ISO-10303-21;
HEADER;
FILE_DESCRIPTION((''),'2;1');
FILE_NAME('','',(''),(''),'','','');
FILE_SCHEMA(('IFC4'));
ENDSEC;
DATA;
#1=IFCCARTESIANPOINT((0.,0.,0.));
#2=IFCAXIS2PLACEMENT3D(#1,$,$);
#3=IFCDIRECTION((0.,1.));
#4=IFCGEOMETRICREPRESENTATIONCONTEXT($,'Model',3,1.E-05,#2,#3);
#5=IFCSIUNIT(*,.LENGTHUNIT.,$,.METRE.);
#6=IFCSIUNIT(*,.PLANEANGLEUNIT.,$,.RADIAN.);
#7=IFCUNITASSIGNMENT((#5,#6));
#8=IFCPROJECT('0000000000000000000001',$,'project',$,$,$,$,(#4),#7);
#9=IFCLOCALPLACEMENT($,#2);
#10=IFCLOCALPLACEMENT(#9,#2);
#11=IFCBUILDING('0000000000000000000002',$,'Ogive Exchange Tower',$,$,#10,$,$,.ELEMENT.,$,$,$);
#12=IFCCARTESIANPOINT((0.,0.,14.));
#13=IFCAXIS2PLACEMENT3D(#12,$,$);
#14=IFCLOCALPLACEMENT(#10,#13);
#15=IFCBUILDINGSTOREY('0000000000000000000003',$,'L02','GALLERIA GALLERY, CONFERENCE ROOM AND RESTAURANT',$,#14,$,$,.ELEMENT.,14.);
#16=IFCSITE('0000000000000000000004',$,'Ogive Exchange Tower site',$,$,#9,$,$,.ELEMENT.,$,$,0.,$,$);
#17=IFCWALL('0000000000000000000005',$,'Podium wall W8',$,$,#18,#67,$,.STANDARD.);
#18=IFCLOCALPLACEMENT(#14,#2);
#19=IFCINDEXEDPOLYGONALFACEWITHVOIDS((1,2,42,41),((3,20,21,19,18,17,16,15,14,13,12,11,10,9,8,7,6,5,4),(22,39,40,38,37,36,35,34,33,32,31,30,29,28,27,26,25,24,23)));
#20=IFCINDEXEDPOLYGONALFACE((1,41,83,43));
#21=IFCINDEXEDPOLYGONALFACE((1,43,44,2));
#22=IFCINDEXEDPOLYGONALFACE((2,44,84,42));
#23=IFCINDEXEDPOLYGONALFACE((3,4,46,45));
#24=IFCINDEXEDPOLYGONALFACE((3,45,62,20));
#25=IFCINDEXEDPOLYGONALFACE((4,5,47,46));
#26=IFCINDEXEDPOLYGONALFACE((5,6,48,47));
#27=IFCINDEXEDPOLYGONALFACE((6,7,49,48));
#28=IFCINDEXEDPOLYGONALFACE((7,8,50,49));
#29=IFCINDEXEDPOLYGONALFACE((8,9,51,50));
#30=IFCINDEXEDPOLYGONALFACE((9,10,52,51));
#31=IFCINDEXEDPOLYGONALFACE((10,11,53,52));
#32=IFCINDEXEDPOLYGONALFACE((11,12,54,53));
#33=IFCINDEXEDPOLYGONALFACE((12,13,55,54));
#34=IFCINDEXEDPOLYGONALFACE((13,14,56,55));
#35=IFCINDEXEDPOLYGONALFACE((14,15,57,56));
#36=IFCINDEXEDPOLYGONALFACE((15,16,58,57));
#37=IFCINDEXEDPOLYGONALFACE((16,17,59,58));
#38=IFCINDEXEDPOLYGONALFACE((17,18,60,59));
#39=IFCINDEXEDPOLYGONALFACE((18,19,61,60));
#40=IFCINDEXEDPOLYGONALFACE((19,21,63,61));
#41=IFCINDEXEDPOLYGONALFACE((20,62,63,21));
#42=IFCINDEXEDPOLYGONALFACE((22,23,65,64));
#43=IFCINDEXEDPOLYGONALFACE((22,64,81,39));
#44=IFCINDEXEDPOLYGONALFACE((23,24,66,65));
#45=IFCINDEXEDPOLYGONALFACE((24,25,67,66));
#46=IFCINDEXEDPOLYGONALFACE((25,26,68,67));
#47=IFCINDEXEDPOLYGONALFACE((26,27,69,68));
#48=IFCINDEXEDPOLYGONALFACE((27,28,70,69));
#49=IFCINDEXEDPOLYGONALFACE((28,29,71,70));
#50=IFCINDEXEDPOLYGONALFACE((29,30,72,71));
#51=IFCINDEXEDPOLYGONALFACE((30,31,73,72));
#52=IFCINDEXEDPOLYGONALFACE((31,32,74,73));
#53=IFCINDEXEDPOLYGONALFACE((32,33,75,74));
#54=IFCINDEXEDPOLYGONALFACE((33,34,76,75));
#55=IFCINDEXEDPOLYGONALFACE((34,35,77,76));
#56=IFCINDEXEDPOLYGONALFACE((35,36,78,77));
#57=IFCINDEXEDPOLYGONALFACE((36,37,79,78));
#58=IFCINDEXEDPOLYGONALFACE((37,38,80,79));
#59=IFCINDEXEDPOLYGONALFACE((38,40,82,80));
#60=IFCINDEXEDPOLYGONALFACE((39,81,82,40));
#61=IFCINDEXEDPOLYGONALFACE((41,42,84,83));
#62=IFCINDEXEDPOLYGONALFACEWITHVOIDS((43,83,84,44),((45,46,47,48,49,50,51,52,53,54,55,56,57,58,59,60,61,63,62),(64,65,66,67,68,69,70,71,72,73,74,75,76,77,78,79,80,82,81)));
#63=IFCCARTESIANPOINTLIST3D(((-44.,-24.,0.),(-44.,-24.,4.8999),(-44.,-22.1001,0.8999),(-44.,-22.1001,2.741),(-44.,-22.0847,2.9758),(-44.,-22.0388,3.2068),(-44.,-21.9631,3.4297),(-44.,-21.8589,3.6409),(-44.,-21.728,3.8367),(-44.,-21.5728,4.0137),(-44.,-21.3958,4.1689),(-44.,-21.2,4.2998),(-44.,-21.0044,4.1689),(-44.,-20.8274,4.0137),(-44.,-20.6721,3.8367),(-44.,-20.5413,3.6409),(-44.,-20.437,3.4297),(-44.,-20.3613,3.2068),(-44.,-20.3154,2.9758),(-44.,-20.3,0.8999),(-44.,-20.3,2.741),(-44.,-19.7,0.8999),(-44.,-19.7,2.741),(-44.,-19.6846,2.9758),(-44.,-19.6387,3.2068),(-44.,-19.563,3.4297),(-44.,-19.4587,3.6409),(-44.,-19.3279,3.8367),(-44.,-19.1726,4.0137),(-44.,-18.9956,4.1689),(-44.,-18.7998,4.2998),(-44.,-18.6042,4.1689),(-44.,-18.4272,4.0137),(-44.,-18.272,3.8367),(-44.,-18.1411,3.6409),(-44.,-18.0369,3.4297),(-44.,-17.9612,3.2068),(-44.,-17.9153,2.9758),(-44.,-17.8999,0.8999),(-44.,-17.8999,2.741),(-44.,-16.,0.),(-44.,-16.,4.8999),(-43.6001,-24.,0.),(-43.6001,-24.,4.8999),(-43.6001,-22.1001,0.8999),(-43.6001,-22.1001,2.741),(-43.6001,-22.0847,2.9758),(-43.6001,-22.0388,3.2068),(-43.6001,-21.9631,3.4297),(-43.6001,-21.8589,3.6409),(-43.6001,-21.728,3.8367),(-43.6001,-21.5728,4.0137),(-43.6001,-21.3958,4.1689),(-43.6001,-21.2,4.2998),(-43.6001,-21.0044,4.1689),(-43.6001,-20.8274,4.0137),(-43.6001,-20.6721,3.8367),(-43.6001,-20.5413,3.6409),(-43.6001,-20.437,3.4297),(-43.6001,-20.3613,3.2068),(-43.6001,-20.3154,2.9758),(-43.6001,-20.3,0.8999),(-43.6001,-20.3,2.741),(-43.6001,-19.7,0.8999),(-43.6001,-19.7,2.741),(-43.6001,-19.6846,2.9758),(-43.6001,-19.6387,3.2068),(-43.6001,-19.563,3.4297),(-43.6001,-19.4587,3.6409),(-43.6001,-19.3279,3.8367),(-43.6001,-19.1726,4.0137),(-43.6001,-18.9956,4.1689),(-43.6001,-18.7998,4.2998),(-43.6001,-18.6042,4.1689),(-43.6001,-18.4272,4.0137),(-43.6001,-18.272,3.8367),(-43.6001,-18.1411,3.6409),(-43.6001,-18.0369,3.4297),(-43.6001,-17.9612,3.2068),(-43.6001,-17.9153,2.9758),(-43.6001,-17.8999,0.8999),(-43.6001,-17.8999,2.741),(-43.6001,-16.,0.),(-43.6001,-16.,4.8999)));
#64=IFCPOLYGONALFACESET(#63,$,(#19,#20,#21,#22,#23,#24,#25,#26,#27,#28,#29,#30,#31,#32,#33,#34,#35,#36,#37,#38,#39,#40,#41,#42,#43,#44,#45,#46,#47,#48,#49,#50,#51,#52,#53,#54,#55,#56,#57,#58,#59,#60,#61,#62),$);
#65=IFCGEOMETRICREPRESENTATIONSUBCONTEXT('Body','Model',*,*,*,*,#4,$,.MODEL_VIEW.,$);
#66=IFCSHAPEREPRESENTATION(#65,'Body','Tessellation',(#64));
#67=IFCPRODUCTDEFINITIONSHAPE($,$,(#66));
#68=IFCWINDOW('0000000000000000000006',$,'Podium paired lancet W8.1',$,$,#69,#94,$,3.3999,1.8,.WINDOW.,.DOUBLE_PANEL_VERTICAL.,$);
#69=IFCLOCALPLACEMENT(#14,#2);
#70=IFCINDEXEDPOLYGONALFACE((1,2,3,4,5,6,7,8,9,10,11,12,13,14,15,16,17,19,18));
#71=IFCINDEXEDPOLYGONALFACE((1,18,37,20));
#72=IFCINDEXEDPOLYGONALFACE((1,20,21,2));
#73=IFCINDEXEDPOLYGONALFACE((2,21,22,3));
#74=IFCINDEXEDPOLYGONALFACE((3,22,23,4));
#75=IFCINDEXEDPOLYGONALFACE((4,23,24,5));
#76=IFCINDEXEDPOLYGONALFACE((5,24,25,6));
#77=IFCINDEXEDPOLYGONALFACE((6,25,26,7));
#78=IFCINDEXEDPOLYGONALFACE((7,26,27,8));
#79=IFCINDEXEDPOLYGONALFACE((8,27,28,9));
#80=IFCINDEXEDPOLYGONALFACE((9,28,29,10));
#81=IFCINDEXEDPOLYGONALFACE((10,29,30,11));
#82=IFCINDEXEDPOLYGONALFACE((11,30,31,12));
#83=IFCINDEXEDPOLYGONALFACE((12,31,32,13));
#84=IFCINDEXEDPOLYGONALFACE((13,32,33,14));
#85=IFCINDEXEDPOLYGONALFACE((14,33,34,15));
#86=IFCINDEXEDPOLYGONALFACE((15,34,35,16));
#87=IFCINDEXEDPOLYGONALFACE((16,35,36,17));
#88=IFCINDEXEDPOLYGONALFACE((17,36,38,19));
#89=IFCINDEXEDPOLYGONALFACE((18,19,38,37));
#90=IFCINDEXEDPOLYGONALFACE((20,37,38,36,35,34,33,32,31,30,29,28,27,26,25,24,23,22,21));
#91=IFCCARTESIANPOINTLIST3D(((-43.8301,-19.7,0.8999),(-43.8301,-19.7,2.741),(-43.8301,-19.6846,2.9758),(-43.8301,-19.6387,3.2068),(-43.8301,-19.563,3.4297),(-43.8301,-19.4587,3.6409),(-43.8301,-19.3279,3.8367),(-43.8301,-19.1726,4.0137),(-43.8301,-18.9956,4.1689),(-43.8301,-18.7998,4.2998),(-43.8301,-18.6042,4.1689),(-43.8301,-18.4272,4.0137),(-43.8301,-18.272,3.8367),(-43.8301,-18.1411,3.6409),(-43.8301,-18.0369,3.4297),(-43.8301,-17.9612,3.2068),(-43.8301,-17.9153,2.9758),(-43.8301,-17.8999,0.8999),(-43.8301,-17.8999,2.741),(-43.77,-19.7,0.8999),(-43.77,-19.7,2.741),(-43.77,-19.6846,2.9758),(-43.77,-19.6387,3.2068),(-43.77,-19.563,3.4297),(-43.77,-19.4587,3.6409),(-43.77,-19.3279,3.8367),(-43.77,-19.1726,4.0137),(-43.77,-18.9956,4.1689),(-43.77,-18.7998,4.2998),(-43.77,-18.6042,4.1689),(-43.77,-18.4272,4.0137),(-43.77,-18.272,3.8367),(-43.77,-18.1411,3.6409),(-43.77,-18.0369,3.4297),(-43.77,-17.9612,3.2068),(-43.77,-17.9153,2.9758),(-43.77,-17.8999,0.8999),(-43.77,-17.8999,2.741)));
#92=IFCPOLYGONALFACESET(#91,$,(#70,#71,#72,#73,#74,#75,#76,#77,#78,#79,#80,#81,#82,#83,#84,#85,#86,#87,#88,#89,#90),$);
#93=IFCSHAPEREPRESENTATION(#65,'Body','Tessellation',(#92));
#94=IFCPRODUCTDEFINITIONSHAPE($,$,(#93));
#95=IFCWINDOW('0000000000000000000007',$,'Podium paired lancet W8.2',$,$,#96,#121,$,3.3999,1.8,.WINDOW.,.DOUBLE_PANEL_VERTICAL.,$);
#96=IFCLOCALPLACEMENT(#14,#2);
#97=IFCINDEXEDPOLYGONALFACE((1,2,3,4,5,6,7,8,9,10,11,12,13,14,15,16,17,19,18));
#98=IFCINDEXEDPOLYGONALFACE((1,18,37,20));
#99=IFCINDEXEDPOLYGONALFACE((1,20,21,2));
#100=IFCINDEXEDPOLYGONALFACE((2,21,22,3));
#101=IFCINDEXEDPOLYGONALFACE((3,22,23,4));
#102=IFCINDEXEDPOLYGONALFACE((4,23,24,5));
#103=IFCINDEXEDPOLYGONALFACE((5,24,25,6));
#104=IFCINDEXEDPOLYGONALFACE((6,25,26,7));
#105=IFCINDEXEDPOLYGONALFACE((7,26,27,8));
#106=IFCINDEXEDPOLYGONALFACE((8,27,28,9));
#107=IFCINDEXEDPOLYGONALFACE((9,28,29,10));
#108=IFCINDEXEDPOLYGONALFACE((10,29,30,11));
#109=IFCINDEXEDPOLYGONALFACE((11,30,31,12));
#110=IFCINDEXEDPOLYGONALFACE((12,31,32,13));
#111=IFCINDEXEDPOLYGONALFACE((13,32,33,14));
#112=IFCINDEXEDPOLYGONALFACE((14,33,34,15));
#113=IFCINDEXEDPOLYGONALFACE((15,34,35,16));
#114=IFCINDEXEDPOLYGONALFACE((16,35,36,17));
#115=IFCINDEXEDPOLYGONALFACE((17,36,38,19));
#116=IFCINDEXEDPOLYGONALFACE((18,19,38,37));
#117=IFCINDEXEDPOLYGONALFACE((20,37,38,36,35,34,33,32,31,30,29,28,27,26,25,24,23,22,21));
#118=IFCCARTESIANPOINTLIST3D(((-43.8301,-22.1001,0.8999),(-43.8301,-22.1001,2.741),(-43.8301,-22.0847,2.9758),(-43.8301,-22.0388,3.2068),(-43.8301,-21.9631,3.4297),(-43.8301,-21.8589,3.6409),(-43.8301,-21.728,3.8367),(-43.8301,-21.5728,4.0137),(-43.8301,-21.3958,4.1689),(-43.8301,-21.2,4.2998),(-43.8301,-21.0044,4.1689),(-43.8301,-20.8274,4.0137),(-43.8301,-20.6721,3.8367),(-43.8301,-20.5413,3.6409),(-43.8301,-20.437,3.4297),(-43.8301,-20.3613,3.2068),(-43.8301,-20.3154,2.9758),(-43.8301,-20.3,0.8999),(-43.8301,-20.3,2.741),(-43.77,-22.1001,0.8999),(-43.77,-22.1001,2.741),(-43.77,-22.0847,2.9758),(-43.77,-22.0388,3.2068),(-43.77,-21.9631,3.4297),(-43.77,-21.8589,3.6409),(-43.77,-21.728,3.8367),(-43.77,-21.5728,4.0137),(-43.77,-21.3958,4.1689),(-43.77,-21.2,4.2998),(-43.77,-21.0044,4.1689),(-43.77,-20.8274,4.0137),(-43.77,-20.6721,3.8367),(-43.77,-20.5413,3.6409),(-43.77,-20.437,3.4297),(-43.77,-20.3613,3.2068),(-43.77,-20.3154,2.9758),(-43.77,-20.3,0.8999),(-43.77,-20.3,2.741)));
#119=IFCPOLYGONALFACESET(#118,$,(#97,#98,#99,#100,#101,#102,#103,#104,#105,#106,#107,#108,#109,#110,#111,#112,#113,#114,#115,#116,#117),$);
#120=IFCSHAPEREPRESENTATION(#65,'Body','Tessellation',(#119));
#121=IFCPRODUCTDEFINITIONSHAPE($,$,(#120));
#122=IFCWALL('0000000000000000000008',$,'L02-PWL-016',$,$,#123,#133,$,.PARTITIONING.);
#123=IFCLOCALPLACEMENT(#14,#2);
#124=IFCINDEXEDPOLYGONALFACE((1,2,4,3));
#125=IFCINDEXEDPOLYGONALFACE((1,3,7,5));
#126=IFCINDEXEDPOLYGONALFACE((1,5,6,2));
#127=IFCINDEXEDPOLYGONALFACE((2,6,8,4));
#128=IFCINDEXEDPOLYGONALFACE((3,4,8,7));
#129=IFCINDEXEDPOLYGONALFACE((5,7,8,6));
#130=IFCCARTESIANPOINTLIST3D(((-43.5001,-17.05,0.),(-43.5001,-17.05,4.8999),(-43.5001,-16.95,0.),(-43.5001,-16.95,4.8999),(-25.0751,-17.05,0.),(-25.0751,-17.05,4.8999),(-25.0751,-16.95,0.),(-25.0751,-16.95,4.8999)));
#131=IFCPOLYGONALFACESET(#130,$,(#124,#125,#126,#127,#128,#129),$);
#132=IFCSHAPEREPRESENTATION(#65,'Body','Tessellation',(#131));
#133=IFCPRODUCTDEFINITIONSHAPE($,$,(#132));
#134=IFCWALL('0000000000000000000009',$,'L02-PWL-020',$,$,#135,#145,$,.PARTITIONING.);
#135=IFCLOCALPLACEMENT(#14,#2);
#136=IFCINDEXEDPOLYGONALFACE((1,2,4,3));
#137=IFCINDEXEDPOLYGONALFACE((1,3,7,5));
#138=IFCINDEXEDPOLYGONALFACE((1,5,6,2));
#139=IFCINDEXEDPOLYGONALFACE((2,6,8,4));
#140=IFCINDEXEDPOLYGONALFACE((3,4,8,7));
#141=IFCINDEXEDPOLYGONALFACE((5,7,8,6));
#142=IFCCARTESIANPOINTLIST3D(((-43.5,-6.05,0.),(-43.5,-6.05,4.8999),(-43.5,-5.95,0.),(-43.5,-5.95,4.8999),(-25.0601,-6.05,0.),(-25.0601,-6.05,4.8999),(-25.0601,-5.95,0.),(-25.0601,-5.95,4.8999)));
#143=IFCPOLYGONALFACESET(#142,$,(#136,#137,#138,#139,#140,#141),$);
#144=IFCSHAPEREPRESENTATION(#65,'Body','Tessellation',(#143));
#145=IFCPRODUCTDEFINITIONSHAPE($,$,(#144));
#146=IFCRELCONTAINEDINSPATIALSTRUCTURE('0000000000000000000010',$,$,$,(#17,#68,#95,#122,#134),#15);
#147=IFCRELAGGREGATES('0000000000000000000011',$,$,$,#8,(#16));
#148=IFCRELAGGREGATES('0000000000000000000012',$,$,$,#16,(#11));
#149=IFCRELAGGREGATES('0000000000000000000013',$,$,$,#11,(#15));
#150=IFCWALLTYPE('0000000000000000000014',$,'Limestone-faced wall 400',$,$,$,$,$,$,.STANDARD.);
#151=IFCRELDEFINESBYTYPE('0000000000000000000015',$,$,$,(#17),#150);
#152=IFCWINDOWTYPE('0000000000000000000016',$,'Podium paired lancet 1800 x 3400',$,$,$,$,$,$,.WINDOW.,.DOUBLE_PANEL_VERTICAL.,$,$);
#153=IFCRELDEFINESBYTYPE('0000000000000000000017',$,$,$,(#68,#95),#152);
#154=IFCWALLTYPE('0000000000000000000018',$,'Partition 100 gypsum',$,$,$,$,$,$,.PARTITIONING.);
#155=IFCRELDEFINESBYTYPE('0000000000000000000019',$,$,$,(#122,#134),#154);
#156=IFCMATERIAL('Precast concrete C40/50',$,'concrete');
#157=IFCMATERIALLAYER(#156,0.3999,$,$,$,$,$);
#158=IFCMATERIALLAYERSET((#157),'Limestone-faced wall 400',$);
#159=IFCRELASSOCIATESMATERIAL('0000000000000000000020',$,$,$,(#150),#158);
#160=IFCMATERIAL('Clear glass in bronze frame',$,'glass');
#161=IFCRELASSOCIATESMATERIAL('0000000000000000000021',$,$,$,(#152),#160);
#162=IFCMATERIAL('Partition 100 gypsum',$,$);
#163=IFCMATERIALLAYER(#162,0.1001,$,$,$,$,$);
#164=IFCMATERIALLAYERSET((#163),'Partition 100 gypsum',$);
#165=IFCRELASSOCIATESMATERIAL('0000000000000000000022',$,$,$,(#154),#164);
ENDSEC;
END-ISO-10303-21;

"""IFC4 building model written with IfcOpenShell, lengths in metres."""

from ifc_helpers import new_model, si_unit, direction, frame, frame_2d, origin, place, context, subcontext, project, spatial, polyline, rectangle, outline, extrude, material, layer, layer_set, type_object, element, fill, save


model = new_model("IFC4")

# Units and contexts
model_context = context("Model", 3, precision=1e-05, world=origin(), true_north=direction((0.0, 1.0)))
body_context = subcontext(model_context, "Body", "Model", "MODEL_VIEW")
ifc_project = project(units=[si_unit("LENGTHUNIT", "METRE"), si_unit("PLANEANGLEUNIT", "RADIAN")], contexts=[model_context])

# Site, building, storey
site_placement = place(None, origin())
site = spatial("IfcSite", under=ifc_project, at=site_placement, Name="Ogive Exchange Tower site", CompositionType="ELEMENT", RefElevation=0.0)
building_placement = place(site_placement, origin())
building = spatial("IfcBuilding", under=site, at=building_placement, Name="Ogive Exchange Tower", CompositionType="ELEMENT")
storey_placement = place(building_placement, frame((0.0, 0.0, 14.0)))
storey = spatial("IfcBuildingStorey", under=building, at=storey_placement, Name="L02", Description="GALLERIA GALLERY, CONFERENCE ROOM AND RESTAURANT", CompositionType="ELEMENT", Elevation=14.0)

# Wall, openings, windows
ifc_material_1 = material(Name="Precast concrete C40/50", Category="concrete")
ifc_layer_1 = layer(ifc_material_1, 0.3999)
ifc_layer_set_1 = layer_set([ifc_layer_1], Name="Limestone-faced wall 400")
wall_type_1 = type_object("IfcWallType", Name="Limestone-faced wall 400", PredefinedType="STANDARD", material=ifc_layer_set_1)
ifc_material_2 = material(Name="Clear glass in bronze frame", Category="glass")
window_type = type_object("IfcWindowType", Name="Podium paired lancet 1800 x 3400", PartitioningType="DOUBLE_PANEL_VERTICAL", PredefinedType="WINDOW", material=ifc_material_2)
wall_1_placement = place(storey_placement, frame((-43.8, -16.0, 0.0), z_axis=(0.0, 0.0, 1.0), x_axis=(0.0, -1.0, 0.0)))
wall_1 = element("IfcWall", 1, at=wall_1_placement, inside=storey, type_object=wall_type_1, Name="Podium wall W8", PredefinedType="STANDARD", context=body_context, shape_type="SweptSolid", body=[
    extrude(rectangle(XDim=8.0, YDim=0.3999, at=frame_2d((4.0, 0.0))), origin(), (0.0, 0.0, 1.0), 4.8999),
])
opening_1_placement = place(wall_1_placement, frame((1.8999, 0.0, 0.8999)))
opening_1 = element("IfcOpeningElement", 2, at=opening_1_placement, cuts=wall_1, PredefinedType="OPENING", context=body_context, shape_type="SweptSolid", body=[
    extrude(outline(polyline([(0.0, 0.0), (1.8, 0.0), (1.8, 1.8411), (1.7847, 2.0759), (1.7388, 2.3069), (1.6631, 2.5298), (1.5588, 2.741), (1.428, 2.9368), (1.2727, 3.1138), (1.0957, 3.269), (0.8999, 3.3999), (0.7043, 3.269), (0.5273, 3.1138), (0.3721, 2.9368), (0.2412, 2.741), (0.137, 2.5298), (0.0613, 2.3069), (0.0154, 2.0759), (0.0, 1.8411), (0.0, 0.0)])), frame((0.0, 0.21, 0.0), z_axis=(0.0, -1.0, 0.0), x_axis=(1.0, 0.0, 0.0)), (0.0, 0.0, 1.0), 0.4199),
])
opening_2_placement = place(wall_1_placement, frame((4.3, 0.0, 0.8999)))
opening_2 = element("IfcOpeningElement", 3, at=opening_2_placement, cuts=wall_1, PredefinedType="OPENING", context=body_context, shape_type="SweptSolid", body=[
    extrude(outline(polyline([(0.0, 0.0), (1.8, 0.0), (1.8, 1.8411), (1.7847, 2.0759), (1.7388, 2.3069), (1.6631, 2.5298), (1.5588, 2.741), (1.428, 2.9368), (1.2727, 3.1138), (1.0957, 3.269), (0.8999, 3.3999), (0.7043, 3.269), (0.5273, 3.1138), (0.3721, 2.9368), (0.2412, 2.741), (0.137, 2.5298), (0.0613, 2.3069), (0.0154, 2.0759), (0.0, 1.8411), (0.0, 0.0)])), frame((0.0, 0.21, 0.0), z_axis=(0.0, -1.0, 0.0), x_axis=(1.0, 0.0, 0.0)), (0.0, 0.0, 1.0), 0.4199),
])
window_1_placement = place(opening_1_placement, origin())
window_1 = element("IfcWindow", 4, at=window_1_placement, inside=storey, type_object=window_type, Name="Podium paired lancet W8.1", OverallHeight=3.3999, OverallWidth=1.8, PartitioningType="DOUBLE_PANEL_VERTICAL", PredefinedType="WINDOW", context=body_context, shape_type="SweptSolid", body=[
    extrude(outline(polyline([(0.0, 0.0), (1.8, 0.0), (1.8, 1.8411), (1.7847, 2.0759), (1.7388, 2.3069), (1.6631, 2.5298), (1.5588, 2.741), (1.428, 2.9368), (1.2727, 3.1138), (1.0957, 3.269), (0.8999, 3.3999), (0.7043, 3.269), (0.5273, 3.1138), (0.3721, 2.9368), (0.2412, 2.741), (0.137, 2.5298), (0.0613, 2.3069), (0.0154, 2.0759), (0.0, 1.8411), (0.0, 0.0)])), frame((0.0, 0.03, 0.0), z_axis=(0.0, -1.0, 0.0), x_axis=(1.0, 0.0, 0.0)), (0.0, 0.0, 1.0), 0.0601),
])
fill(opening_1, window_1)
window_2_placement = place(opening_2_placement, origin())
window_2 = element("IfcWindow", 5, at=window_2_placement, inside=storey, type_object=window_type, Name="Podium paired lancet W8.2", OverallHeight=3.3999, OverallWidth=1.8, PartitioningType="DOUBLE_PANEL_VERTICAL", PredefinedType="WINDOW", context=body_context, shape_type="SweptSolid", body=[
    extrude(outline(polyline([(0.0, 0.0), (1.8, 0.0), (1.8, 1.8411), (1.7847, 2.0759), (1.7388, 2.3069), (1.6631, 2.5298), (1.5588, 2.741), (1.428, 2.9368), (1.2727, 3.1138), (1.0957, 3.269), (0.8999, 3.3999), (0.7043, 3.269), (0.5273, 3.1138), (0.3721, 2.9368), (0.2412, 2.741), (0.137, 2.5298), (0.0613, 2.3069), (0.0154, 2.0759), (0.0, 1.8411), (0.0, 0.0)])), frame((0.0, 0.03, 0.0), z_axis=(0.0, -1.0, 0.0), x_axis=(1.0, 0.0, 0.0)), (0.0, 0.0, 1.0), 0.0601),
])
fill(opening_2, window_2)

# Walls
ifc_material_3 = material(Name="Partition 100 gypsum")
ifc_layer_2 = layer(ifc_material_3, 0.1001)
ifc_layer_set_2 = layer_set([ifc_layer_2], Name="Partition 100 gypsum")
wall_type_2 = type_object("IfcWallType", Name="Partition 100 gypsum", PredefinedType="PARTITIONING", material=ifc_layer_set_2)
wall_2_placement = place(storey_placement, frame((-43.5, -17.0, 0.0), z_axis=(0.0, 0.0, 1.0), x_axis=(1.0, 0.0, 0.0)))
element("IfcWall", 6, at=wall_2_placement, inside=storey, type_object=wall_type_2, Name="L02-PWL-016", PredefinedType="PARTITIONING", context=body_context, shape_type="SweptSolid", body=[
    extrude(rectangle(XDim=18.425, YDim=0.1001, at=frame_2d((9.2124, 0.0))), origin(), (0.0, 0.0, 1.0), 4.8999),
])
wall_3_placement = place(storey_placement, frame((-43.5, -6.0, 0.0), z_axis=(0.0, 0.0, 1.0), x_axis=(1.0, 0.0, 0.0)))
element("IfcWall", 7, at=wall_3_placement, inside=storey, type_object=wall_type_2, Name="L02-PWL-020", PredefinedType="PARTITIONING", context=body_context, shape_type="SweptSolid", body=[
    extrude(rectangle(XDim=18.4399, YDim=0.1001, at=frame_2d((9.22, 0.0))), origin(), (0.0, 0.0, 1.0), 4.8999),
])

save(model, "model.ifc")
